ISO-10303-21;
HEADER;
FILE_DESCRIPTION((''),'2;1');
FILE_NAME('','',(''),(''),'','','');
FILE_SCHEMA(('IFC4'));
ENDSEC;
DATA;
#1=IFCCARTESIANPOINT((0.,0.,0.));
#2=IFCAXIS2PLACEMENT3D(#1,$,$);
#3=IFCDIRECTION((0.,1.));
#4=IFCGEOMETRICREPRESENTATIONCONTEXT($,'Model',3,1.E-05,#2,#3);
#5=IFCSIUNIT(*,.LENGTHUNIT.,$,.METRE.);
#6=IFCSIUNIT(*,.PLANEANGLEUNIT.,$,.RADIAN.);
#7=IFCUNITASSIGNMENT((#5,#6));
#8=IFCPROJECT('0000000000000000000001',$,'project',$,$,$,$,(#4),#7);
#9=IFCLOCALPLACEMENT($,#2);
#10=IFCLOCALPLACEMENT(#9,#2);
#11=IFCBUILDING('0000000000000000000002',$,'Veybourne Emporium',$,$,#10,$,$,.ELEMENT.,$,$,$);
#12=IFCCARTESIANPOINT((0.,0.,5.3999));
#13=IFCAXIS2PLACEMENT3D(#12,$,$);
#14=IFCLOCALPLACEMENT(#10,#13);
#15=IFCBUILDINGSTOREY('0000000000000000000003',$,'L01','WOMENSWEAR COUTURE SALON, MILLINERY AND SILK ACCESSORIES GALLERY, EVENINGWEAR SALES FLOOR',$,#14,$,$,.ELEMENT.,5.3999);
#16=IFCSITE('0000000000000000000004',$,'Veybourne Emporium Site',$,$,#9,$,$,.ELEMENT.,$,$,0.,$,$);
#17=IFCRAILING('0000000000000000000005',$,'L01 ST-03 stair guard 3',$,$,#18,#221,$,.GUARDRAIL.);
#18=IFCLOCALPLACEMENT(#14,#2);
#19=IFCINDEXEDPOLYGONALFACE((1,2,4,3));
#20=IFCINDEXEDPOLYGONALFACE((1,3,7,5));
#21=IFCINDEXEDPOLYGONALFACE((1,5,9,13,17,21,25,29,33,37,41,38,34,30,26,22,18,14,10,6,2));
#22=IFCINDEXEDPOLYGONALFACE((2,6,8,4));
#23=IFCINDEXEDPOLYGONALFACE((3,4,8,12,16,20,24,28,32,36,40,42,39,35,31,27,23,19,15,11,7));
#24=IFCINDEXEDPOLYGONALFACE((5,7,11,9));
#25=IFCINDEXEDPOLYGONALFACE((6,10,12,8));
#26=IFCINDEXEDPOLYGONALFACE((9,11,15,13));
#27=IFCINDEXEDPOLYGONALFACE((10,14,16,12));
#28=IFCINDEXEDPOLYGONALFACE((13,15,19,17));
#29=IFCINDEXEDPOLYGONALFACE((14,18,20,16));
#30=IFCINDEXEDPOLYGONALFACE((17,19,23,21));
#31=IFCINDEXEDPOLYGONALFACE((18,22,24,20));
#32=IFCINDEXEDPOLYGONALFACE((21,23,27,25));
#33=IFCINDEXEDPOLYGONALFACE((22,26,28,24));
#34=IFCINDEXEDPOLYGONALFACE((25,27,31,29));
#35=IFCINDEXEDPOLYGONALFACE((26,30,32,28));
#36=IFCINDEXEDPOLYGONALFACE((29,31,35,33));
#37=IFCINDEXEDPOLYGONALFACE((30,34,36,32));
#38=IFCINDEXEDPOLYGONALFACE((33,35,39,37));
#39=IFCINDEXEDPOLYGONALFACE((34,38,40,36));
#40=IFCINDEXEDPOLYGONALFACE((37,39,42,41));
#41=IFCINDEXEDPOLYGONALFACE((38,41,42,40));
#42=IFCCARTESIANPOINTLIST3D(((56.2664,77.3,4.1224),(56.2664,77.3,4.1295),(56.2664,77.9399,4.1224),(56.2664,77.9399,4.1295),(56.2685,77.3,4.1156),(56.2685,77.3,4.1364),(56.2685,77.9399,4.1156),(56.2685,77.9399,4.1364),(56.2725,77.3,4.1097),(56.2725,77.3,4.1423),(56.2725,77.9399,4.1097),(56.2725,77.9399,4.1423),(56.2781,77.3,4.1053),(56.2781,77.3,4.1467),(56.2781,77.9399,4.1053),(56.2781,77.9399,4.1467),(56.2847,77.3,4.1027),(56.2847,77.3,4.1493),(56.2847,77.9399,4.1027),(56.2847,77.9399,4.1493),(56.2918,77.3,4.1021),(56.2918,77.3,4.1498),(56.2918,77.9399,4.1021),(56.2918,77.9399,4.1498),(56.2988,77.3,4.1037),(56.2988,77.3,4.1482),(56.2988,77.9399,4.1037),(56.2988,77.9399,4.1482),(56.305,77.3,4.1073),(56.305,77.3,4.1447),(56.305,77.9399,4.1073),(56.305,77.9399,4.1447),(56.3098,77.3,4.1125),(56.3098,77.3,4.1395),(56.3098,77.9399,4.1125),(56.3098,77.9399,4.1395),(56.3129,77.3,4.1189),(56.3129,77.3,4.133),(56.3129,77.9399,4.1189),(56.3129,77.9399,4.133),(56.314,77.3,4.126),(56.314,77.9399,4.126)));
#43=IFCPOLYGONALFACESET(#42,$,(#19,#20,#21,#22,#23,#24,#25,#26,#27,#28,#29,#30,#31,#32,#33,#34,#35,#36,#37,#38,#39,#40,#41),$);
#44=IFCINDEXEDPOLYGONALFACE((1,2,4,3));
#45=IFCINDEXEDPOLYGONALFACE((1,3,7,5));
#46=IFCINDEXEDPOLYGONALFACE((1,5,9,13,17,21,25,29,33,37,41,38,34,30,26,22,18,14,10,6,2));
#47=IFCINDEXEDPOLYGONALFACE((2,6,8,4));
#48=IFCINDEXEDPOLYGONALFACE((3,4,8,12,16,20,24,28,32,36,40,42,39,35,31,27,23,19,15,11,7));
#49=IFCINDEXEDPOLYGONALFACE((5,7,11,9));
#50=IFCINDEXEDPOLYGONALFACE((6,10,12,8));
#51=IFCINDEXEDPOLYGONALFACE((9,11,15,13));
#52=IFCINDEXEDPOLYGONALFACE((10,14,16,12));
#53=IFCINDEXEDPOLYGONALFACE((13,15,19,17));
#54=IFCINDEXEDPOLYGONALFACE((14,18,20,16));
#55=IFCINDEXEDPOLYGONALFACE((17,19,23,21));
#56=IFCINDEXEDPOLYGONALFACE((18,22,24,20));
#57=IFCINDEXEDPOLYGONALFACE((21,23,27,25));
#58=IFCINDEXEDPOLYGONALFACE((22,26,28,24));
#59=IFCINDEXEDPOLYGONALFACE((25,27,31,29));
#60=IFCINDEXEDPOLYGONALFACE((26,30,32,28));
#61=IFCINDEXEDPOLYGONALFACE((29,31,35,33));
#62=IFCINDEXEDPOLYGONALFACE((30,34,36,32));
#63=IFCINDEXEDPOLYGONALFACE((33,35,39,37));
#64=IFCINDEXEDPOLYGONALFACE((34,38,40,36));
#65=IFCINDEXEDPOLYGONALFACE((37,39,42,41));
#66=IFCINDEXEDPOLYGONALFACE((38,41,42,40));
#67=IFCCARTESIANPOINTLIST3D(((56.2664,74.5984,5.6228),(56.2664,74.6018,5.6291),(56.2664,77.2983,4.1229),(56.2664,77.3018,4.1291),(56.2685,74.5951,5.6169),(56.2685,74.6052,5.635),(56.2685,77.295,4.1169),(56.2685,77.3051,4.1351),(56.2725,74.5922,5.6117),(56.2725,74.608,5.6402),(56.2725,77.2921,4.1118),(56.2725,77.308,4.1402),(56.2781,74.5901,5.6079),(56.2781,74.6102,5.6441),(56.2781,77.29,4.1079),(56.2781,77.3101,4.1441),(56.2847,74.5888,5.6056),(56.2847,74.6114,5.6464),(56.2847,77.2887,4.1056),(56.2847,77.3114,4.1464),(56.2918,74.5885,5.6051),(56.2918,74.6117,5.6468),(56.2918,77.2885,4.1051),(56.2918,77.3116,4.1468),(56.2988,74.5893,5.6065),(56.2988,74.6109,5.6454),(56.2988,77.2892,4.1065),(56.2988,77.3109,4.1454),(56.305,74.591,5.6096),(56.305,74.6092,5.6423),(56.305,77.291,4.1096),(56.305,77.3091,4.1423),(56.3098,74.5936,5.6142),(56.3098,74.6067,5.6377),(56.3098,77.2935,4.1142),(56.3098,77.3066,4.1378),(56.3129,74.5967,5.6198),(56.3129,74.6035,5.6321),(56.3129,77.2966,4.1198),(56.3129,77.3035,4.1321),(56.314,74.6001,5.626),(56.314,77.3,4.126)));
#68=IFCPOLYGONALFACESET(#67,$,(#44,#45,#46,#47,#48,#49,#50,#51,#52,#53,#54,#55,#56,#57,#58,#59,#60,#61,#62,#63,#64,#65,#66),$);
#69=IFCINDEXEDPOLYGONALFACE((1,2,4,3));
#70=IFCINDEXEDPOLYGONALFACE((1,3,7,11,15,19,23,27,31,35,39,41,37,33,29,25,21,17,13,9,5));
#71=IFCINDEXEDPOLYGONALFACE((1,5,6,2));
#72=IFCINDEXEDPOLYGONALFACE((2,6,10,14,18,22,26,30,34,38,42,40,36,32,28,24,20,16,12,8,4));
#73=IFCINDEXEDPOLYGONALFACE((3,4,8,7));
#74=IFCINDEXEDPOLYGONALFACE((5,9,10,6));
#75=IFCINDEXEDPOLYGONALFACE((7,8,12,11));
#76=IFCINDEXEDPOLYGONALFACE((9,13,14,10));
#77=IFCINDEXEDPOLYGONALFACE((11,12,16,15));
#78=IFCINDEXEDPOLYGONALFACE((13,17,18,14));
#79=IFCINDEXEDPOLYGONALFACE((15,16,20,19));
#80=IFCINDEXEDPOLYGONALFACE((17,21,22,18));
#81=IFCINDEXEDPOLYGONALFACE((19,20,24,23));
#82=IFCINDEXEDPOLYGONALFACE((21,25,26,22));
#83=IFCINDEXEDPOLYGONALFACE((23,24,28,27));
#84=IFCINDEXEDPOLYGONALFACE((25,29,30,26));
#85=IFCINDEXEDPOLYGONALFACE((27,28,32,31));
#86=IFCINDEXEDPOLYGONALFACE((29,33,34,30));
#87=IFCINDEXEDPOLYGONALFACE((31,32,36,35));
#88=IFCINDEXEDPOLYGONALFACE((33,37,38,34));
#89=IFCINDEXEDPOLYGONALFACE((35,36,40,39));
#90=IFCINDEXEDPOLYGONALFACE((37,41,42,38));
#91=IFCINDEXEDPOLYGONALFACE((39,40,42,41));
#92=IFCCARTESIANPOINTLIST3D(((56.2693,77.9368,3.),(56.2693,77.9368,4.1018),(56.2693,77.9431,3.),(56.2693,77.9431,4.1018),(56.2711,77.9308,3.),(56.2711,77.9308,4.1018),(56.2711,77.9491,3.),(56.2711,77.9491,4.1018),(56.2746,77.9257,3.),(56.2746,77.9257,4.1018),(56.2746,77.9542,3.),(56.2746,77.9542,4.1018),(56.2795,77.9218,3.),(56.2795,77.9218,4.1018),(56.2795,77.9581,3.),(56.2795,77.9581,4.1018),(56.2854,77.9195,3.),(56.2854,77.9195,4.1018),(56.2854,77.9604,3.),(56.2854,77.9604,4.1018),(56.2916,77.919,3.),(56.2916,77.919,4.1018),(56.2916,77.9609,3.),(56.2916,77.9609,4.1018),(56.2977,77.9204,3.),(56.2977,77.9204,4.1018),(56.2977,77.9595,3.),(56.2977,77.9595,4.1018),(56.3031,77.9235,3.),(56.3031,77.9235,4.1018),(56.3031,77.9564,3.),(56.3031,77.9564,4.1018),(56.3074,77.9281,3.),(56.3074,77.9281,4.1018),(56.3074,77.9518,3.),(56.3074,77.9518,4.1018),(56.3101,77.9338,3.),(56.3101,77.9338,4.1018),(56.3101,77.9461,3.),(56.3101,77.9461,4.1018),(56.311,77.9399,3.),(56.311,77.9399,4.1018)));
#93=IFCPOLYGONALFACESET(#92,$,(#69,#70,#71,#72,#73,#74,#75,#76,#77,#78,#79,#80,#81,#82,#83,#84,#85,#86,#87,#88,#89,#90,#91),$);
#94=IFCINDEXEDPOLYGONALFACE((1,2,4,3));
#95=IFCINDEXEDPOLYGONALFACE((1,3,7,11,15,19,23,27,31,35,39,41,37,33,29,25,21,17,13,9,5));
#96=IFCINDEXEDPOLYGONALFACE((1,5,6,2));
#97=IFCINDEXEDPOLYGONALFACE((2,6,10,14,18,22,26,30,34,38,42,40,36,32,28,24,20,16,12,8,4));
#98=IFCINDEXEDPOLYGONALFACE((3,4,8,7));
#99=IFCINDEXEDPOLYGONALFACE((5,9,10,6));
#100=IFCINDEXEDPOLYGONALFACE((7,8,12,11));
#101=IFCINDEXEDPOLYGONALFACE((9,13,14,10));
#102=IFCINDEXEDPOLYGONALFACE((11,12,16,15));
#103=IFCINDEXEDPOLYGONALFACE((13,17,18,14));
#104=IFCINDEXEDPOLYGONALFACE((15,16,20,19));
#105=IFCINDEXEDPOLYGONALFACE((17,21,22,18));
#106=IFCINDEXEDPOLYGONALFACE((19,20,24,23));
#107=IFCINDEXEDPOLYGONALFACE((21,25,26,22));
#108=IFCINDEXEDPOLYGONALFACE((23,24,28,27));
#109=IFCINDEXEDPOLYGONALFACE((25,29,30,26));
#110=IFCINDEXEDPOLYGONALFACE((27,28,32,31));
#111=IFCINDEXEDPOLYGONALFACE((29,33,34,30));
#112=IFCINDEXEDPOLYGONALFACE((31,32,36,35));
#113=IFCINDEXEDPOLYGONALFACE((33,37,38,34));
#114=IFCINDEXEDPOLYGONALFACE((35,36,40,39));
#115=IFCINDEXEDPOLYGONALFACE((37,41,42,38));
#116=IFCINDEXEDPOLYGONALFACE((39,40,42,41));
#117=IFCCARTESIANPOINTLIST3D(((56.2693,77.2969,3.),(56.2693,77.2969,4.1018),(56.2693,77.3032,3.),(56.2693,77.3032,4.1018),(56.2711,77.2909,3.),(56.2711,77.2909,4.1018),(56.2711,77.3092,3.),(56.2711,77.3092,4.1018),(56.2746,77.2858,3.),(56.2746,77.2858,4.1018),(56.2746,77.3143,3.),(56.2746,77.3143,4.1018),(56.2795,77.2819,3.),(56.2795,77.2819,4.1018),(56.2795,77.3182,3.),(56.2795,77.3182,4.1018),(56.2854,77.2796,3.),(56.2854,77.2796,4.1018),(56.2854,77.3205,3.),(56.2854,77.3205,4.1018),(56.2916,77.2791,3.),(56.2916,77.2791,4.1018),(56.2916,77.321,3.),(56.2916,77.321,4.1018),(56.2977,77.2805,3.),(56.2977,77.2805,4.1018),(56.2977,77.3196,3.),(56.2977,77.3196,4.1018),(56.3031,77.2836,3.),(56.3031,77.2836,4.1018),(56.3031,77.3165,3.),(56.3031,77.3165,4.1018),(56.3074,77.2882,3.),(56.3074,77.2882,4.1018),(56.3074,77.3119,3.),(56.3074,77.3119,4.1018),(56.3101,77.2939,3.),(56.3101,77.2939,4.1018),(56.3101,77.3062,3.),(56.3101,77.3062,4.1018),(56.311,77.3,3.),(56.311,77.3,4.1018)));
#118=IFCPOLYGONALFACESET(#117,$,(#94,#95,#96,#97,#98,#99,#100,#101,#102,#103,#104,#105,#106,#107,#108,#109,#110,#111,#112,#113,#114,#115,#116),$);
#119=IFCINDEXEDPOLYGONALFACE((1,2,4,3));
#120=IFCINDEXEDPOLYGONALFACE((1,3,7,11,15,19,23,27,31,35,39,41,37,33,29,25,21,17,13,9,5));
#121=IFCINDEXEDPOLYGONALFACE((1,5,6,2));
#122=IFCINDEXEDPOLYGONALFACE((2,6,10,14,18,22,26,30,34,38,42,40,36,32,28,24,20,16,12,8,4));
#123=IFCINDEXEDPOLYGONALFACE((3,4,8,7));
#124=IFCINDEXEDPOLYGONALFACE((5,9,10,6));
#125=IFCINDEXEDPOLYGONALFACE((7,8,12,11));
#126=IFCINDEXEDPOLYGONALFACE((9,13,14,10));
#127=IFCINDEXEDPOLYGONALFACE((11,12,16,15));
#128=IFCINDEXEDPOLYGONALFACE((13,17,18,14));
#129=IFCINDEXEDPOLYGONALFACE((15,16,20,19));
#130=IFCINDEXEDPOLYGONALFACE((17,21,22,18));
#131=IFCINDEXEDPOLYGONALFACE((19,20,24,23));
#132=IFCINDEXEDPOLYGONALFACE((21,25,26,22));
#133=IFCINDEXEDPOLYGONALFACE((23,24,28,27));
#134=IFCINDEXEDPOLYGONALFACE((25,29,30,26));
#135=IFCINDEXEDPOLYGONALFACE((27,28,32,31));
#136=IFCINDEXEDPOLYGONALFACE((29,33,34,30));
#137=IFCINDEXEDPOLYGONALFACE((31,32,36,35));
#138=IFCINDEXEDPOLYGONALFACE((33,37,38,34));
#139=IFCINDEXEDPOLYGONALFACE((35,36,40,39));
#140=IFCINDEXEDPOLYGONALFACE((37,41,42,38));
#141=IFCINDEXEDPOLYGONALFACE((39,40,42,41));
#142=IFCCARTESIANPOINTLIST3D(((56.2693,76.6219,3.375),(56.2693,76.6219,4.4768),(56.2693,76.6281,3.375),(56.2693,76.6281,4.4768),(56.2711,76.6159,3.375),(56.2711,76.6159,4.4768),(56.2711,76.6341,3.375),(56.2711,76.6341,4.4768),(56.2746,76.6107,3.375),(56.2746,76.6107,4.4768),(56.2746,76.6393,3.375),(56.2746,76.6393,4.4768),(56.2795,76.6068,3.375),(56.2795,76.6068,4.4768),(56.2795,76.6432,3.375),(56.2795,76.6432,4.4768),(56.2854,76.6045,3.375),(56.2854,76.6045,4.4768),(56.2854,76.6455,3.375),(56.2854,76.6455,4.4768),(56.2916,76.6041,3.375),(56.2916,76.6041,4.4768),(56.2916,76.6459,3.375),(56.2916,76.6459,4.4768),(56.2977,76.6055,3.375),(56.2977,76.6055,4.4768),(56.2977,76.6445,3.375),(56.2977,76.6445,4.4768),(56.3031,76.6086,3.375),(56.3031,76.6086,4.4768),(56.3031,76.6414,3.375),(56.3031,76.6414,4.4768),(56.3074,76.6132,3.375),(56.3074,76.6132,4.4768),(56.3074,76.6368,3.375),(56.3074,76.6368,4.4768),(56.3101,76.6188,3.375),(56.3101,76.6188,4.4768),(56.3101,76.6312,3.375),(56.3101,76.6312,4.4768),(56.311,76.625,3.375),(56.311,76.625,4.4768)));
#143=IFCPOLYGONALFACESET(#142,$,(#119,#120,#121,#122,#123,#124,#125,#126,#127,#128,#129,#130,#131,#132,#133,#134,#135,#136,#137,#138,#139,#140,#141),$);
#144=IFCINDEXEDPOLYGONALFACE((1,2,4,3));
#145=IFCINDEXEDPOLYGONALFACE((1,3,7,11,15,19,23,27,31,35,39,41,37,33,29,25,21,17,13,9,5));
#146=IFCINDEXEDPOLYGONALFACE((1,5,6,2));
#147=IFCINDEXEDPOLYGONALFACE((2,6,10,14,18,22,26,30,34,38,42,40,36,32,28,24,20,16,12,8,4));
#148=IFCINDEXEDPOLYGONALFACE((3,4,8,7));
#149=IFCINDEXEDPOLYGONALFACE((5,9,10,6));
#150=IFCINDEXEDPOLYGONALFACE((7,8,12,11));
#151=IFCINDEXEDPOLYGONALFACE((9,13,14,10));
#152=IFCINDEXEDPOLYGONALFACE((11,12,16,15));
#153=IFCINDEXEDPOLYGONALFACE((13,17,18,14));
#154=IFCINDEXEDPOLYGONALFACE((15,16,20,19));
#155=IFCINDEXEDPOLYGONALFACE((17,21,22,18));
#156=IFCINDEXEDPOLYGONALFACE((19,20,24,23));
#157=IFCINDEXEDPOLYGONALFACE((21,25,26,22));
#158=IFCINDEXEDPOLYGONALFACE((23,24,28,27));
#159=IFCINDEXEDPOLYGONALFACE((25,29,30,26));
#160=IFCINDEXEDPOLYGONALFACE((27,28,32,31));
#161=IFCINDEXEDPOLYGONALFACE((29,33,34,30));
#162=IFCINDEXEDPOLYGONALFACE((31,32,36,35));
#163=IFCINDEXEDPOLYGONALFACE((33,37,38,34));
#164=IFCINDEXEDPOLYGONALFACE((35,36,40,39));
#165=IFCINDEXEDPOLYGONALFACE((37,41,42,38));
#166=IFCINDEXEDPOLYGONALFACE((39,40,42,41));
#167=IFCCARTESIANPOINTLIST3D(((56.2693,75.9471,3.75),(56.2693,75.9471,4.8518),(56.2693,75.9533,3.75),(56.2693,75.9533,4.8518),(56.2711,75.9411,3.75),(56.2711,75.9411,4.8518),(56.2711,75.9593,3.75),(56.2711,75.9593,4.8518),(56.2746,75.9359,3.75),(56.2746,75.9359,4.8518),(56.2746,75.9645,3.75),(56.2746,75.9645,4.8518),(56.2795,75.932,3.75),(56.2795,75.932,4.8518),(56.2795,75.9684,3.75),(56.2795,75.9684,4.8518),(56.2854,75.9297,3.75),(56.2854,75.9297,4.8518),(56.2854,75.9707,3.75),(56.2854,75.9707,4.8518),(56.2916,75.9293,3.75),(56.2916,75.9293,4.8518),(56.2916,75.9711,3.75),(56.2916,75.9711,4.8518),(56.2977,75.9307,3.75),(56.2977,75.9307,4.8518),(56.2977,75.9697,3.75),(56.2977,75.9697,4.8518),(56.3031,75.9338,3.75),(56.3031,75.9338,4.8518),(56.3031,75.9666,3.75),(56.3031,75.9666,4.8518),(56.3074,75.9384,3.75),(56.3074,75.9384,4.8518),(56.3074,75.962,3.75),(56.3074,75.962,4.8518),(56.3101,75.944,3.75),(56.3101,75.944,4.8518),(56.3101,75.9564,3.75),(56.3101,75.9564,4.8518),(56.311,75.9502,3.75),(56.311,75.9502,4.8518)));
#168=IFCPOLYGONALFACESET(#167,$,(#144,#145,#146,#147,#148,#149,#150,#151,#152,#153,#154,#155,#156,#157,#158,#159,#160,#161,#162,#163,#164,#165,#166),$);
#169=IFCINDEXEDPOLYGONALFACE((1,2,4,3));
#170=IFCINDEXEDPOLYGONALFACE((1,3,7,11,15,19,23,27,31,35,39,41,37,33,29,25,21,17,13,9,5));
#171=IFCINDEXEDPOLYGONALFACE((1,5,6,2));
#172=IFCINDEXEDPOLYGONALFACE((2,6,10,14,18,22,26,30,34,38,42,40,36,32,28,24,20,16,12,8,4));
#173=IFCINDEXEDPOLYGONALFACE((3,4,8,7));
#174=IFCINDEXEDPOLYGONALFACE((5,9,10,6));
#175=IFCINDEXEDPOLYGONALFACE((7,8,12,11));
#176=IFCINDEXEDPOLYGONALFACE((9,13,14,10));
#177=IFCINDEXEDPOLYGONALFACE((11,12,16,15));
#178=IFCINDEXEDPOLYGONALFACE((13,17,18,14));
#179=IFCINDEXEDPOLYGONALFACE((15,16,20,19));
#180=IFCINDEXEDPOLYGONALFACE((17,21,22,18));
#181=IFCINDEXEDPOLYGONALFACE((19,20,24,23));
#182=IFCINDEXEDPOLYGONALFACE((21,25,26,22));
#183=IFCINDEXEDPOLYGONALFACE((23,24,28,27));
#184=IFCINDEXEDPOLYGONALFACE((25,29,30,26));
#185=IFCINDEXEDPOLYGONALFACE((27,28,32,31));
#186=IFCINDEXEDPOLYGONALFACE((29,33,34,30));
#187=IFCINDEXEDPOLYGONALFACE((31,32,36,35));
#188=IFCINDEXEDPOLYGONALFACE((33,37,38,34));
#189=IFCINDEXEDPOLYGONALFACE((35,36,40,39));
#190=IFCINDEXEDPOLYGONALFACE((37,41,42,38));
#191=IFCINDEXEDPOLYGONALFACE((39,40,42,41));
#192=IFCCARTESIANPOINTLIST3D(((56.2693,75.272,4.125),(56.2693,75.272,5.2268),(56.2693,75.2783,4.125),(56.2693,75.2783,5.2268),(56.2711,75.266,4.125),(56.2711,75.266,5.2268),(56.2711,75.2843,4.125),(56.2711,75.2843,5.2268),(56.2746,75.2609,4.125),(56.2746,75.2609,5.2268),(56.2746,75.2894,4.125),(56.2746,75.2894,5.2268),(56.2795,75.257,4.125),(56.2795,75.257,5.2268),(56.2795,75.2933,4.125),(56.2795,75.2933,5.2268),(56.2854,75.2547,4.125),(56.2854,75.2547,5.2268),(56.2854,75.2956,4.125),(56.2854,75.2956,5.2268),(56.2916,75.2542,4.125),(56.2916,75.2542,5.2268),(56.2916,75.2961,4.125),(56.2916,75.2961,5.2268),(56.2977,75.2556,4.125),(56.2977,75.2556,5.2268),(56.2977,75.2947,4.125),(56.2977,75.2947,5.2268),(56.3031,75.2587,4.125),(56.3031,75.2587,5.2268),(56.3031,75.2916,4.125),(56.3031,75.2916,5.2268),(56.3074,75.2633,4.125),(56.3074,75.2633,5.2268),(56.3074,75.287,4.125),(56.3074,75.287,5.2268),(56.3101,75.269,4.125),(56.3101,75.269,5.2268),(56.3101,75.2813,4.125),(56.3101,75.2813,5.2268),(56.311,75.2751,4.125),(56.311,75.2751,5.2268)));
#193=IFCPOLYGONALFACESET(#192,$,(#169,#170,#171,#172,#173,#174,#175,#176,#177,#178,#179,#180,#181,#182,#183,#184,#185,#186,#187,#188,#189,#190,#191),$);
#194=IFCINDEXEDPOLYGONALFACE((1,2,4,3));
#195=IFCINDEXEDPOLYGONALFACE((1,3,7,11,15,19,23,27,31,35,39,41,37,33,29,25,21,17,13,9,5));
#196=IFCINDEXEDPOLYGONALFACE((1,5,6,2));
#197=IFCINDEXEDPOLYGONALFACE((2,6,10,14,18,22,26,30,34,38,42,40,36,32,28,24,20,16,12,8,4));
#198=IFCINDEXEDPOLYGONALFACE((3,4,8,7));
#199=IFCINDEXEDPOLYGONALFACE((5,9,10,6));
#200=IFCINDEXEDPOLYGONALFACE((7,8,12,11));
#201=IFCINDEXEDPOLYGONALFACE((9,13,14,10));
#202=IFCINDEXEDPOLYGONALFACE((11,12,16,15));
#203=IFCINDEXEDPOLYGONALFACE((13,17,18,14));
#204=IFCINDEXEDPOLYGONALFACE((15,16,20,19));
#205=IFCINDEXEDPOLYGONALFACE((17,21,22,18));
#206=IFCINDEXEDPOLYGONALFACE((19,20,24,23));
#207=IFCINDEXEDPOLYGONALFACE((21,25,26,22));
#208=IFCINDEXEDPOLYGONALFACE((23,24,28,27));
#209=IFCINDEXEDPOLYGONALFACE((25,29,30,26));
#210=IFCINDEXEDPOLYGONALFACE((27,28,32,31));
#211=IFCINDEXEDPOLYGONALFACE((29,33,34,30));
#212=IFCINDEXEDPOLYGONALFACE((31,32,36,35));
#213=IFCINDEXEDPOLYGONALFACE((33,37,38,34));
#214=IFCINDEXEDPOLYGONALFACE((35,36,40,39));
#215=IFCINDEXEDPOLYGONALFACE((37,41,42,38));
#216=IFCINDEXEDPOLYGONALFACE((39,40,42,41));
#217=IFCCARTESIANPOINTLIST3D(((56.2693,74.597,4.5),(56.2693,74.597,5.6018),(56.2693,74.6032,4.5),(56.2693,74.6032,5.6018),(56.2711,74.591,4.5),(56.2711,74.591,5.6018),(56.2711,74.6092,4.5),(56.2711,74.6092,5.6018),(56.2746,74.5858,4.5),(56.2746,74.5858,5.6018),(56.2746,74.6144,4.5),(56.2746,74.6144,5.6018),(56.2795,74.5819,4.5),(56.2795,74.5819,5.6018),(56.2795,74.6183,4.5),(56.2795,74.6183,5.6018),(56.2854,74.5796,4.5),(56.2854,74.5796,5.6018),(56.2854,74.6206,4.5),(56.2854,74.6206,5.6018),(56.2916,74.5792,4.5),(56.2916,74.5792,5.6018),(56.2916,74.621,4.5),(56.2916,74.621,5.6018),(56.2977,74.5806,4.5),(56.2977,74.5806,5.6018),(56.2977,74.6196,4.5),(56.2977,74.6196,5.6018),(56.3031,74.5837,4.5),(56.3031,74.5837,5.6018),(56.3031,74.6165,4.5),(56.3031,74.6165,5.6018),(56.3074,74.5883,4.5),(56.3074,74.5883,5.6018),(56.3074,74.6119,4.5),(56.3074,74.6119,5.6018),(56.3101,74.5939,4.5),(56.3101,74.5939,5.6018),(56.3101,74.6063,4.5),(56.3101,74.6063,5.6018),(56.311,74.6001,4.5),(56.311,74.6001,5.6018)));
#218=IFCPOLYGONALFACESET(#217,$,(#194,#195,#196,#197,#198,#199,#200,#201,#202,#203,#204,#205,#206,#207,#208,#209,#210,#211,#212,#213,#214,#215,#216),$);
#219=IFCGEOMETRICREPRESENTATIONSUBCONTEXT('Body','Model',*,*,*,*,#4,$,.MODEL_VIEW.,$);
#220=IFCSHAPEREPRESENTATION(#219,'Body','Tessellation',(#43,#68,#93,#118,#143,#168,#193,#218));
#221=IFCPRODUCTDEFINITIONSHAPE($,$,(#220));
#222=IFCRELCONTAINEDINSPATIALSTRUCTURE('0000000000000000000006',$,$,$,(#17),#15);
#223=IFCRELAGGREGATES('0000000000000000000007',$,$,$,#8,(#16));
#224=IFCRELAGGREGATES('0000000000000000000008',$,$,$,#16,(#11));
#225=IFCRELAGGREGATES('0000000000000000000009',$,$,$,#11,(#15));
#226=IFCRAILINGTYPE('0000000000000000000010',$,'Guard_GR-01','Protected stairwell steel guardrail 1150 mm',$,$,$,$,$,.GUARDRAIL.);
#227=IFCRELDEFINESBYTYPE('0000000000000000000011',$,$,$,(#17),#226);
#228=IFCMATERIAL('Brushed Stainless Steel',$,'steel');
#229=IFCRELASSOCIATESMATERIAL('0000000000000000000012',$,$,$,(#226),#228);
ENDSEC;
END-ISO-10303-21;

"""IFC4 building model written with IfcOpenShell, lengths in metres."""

from ifc_helpers import new_model, si_unit, direction, frame, origin, origin_2d, place, context, subcontext, project, spatial, circle, extrude, material, type_object, element, save


model = new_model("IFC4")

# Units and contexts
model_context = context("Model", 3, precision=1e-05, world=origin(), true_north=direction((0.0, 1.0)))
body_context = subcontext(model_context, "Body", "Model", "MODEL_VIEW")
ifc_project = project(units=[si_unit("LENGTHUNIT", "METRE"), si_unit("PLANEANGLEUNIT", "RADIAN")], contexts=[model_context])

# Site, building, storey
site_placement = place(None, origin())
site = spatial("IfcSite", under=ifc_project, at=site_placement, Name="Veybourne Emporium Site", CompositionType="ELEMENT", RefElevation=0.0)
building_placement = place(site_placement, origin())
building = spatial("IfcBuilding", under=site, at=building_placement, Name="Veybourne Emporium", CompositionType="ELEMENT")
storey_placement = place(building_placement, frame((0.0, 0.0, 5.3999)))
storey = spatial("IfcBuildingStorey", under=building, at=storey_placement, Name="L01", Description="WOMENSWEAR COUTURE SALON, MILLINERY AND SILK ACCESSORIES GALLERY, EVENINGWEAR SALES FLOOR", CompositionType="ELEMENT", Elevation=5.3999)

# Railing
ifc_material_1 = material(Name="Brushed Stainless Steel", Category="steel")
railing_type_1 = type_object("IfcRailingType", Name="Guard_GR-01", Description="Protected stairwell steel guardrail 1150 mm", PredefinedType="GUARDRAIL", material=ifc_material_1)
railing_1_placement = place(storey_placement, frame((56.29, 77.9399, 3.0)))
element("IfcRailing", 1, at=railing_1_placement, inside=storey, type_object=railing_type_1, Name="L01 ST-03 stair guard 3", PredefinedType="GUARDRAIL", context=body_context, shape_type="SweptSolid", body=[
    extrude(circle(Radius=0.0239, at=origin_2d()), frame((0.0, 0.0, 1.126), z_axis=(0.0, -1.0, 0.0), x_axis=(1.0, 0.0, 0.0)), (0.0, 0.0, 1.0), 0.6399),
    extrude(circle(Radius=0.0239, at=origin_2d()), frame((0.0, -0.6399, 1.126), z_axis=(0.0, -0.874154, 0.48565), x_axis=(1.0, 0.0, 0.0)), (0.0, 0.0, 1.0), 3.0886),
    extrude(circle(Radius=0.021, at=origin_2d()), origin(), (0.0, 0.0, 1.0), 1.1018),
    extrude(circle(Radius=0.021, at=origin_2d()), frame((0.0, -0.6399, 0.0)), (0.0, 0.0, 1.0), 1.1018),
    extrude(circle(Radius=0.021, at=origin_2d()), frame((0.0, -1.3149, 0.375)), (0.0, 0.0, 1.0), 1.1018),
    extrude(circle(Radius=0.021, at=origin_2d()), frame((0.0, -1.9897, 0.75)), (0.0, 0.0, 1.0), 1.1018),
    extrude(circle(Radius=0.021, at=origin_2d()), frame((0.0, -2.6648, 1.125)), (0.0, 0.0, 1.0), 1.1018),
    extrude(circle(Radius=0.021, at=origin_2d()), frame((0.0, -3.3398, 1.5)), (0.0, 0.0, 1.0), 1.1018),
])

save(model, "model.ifc")
